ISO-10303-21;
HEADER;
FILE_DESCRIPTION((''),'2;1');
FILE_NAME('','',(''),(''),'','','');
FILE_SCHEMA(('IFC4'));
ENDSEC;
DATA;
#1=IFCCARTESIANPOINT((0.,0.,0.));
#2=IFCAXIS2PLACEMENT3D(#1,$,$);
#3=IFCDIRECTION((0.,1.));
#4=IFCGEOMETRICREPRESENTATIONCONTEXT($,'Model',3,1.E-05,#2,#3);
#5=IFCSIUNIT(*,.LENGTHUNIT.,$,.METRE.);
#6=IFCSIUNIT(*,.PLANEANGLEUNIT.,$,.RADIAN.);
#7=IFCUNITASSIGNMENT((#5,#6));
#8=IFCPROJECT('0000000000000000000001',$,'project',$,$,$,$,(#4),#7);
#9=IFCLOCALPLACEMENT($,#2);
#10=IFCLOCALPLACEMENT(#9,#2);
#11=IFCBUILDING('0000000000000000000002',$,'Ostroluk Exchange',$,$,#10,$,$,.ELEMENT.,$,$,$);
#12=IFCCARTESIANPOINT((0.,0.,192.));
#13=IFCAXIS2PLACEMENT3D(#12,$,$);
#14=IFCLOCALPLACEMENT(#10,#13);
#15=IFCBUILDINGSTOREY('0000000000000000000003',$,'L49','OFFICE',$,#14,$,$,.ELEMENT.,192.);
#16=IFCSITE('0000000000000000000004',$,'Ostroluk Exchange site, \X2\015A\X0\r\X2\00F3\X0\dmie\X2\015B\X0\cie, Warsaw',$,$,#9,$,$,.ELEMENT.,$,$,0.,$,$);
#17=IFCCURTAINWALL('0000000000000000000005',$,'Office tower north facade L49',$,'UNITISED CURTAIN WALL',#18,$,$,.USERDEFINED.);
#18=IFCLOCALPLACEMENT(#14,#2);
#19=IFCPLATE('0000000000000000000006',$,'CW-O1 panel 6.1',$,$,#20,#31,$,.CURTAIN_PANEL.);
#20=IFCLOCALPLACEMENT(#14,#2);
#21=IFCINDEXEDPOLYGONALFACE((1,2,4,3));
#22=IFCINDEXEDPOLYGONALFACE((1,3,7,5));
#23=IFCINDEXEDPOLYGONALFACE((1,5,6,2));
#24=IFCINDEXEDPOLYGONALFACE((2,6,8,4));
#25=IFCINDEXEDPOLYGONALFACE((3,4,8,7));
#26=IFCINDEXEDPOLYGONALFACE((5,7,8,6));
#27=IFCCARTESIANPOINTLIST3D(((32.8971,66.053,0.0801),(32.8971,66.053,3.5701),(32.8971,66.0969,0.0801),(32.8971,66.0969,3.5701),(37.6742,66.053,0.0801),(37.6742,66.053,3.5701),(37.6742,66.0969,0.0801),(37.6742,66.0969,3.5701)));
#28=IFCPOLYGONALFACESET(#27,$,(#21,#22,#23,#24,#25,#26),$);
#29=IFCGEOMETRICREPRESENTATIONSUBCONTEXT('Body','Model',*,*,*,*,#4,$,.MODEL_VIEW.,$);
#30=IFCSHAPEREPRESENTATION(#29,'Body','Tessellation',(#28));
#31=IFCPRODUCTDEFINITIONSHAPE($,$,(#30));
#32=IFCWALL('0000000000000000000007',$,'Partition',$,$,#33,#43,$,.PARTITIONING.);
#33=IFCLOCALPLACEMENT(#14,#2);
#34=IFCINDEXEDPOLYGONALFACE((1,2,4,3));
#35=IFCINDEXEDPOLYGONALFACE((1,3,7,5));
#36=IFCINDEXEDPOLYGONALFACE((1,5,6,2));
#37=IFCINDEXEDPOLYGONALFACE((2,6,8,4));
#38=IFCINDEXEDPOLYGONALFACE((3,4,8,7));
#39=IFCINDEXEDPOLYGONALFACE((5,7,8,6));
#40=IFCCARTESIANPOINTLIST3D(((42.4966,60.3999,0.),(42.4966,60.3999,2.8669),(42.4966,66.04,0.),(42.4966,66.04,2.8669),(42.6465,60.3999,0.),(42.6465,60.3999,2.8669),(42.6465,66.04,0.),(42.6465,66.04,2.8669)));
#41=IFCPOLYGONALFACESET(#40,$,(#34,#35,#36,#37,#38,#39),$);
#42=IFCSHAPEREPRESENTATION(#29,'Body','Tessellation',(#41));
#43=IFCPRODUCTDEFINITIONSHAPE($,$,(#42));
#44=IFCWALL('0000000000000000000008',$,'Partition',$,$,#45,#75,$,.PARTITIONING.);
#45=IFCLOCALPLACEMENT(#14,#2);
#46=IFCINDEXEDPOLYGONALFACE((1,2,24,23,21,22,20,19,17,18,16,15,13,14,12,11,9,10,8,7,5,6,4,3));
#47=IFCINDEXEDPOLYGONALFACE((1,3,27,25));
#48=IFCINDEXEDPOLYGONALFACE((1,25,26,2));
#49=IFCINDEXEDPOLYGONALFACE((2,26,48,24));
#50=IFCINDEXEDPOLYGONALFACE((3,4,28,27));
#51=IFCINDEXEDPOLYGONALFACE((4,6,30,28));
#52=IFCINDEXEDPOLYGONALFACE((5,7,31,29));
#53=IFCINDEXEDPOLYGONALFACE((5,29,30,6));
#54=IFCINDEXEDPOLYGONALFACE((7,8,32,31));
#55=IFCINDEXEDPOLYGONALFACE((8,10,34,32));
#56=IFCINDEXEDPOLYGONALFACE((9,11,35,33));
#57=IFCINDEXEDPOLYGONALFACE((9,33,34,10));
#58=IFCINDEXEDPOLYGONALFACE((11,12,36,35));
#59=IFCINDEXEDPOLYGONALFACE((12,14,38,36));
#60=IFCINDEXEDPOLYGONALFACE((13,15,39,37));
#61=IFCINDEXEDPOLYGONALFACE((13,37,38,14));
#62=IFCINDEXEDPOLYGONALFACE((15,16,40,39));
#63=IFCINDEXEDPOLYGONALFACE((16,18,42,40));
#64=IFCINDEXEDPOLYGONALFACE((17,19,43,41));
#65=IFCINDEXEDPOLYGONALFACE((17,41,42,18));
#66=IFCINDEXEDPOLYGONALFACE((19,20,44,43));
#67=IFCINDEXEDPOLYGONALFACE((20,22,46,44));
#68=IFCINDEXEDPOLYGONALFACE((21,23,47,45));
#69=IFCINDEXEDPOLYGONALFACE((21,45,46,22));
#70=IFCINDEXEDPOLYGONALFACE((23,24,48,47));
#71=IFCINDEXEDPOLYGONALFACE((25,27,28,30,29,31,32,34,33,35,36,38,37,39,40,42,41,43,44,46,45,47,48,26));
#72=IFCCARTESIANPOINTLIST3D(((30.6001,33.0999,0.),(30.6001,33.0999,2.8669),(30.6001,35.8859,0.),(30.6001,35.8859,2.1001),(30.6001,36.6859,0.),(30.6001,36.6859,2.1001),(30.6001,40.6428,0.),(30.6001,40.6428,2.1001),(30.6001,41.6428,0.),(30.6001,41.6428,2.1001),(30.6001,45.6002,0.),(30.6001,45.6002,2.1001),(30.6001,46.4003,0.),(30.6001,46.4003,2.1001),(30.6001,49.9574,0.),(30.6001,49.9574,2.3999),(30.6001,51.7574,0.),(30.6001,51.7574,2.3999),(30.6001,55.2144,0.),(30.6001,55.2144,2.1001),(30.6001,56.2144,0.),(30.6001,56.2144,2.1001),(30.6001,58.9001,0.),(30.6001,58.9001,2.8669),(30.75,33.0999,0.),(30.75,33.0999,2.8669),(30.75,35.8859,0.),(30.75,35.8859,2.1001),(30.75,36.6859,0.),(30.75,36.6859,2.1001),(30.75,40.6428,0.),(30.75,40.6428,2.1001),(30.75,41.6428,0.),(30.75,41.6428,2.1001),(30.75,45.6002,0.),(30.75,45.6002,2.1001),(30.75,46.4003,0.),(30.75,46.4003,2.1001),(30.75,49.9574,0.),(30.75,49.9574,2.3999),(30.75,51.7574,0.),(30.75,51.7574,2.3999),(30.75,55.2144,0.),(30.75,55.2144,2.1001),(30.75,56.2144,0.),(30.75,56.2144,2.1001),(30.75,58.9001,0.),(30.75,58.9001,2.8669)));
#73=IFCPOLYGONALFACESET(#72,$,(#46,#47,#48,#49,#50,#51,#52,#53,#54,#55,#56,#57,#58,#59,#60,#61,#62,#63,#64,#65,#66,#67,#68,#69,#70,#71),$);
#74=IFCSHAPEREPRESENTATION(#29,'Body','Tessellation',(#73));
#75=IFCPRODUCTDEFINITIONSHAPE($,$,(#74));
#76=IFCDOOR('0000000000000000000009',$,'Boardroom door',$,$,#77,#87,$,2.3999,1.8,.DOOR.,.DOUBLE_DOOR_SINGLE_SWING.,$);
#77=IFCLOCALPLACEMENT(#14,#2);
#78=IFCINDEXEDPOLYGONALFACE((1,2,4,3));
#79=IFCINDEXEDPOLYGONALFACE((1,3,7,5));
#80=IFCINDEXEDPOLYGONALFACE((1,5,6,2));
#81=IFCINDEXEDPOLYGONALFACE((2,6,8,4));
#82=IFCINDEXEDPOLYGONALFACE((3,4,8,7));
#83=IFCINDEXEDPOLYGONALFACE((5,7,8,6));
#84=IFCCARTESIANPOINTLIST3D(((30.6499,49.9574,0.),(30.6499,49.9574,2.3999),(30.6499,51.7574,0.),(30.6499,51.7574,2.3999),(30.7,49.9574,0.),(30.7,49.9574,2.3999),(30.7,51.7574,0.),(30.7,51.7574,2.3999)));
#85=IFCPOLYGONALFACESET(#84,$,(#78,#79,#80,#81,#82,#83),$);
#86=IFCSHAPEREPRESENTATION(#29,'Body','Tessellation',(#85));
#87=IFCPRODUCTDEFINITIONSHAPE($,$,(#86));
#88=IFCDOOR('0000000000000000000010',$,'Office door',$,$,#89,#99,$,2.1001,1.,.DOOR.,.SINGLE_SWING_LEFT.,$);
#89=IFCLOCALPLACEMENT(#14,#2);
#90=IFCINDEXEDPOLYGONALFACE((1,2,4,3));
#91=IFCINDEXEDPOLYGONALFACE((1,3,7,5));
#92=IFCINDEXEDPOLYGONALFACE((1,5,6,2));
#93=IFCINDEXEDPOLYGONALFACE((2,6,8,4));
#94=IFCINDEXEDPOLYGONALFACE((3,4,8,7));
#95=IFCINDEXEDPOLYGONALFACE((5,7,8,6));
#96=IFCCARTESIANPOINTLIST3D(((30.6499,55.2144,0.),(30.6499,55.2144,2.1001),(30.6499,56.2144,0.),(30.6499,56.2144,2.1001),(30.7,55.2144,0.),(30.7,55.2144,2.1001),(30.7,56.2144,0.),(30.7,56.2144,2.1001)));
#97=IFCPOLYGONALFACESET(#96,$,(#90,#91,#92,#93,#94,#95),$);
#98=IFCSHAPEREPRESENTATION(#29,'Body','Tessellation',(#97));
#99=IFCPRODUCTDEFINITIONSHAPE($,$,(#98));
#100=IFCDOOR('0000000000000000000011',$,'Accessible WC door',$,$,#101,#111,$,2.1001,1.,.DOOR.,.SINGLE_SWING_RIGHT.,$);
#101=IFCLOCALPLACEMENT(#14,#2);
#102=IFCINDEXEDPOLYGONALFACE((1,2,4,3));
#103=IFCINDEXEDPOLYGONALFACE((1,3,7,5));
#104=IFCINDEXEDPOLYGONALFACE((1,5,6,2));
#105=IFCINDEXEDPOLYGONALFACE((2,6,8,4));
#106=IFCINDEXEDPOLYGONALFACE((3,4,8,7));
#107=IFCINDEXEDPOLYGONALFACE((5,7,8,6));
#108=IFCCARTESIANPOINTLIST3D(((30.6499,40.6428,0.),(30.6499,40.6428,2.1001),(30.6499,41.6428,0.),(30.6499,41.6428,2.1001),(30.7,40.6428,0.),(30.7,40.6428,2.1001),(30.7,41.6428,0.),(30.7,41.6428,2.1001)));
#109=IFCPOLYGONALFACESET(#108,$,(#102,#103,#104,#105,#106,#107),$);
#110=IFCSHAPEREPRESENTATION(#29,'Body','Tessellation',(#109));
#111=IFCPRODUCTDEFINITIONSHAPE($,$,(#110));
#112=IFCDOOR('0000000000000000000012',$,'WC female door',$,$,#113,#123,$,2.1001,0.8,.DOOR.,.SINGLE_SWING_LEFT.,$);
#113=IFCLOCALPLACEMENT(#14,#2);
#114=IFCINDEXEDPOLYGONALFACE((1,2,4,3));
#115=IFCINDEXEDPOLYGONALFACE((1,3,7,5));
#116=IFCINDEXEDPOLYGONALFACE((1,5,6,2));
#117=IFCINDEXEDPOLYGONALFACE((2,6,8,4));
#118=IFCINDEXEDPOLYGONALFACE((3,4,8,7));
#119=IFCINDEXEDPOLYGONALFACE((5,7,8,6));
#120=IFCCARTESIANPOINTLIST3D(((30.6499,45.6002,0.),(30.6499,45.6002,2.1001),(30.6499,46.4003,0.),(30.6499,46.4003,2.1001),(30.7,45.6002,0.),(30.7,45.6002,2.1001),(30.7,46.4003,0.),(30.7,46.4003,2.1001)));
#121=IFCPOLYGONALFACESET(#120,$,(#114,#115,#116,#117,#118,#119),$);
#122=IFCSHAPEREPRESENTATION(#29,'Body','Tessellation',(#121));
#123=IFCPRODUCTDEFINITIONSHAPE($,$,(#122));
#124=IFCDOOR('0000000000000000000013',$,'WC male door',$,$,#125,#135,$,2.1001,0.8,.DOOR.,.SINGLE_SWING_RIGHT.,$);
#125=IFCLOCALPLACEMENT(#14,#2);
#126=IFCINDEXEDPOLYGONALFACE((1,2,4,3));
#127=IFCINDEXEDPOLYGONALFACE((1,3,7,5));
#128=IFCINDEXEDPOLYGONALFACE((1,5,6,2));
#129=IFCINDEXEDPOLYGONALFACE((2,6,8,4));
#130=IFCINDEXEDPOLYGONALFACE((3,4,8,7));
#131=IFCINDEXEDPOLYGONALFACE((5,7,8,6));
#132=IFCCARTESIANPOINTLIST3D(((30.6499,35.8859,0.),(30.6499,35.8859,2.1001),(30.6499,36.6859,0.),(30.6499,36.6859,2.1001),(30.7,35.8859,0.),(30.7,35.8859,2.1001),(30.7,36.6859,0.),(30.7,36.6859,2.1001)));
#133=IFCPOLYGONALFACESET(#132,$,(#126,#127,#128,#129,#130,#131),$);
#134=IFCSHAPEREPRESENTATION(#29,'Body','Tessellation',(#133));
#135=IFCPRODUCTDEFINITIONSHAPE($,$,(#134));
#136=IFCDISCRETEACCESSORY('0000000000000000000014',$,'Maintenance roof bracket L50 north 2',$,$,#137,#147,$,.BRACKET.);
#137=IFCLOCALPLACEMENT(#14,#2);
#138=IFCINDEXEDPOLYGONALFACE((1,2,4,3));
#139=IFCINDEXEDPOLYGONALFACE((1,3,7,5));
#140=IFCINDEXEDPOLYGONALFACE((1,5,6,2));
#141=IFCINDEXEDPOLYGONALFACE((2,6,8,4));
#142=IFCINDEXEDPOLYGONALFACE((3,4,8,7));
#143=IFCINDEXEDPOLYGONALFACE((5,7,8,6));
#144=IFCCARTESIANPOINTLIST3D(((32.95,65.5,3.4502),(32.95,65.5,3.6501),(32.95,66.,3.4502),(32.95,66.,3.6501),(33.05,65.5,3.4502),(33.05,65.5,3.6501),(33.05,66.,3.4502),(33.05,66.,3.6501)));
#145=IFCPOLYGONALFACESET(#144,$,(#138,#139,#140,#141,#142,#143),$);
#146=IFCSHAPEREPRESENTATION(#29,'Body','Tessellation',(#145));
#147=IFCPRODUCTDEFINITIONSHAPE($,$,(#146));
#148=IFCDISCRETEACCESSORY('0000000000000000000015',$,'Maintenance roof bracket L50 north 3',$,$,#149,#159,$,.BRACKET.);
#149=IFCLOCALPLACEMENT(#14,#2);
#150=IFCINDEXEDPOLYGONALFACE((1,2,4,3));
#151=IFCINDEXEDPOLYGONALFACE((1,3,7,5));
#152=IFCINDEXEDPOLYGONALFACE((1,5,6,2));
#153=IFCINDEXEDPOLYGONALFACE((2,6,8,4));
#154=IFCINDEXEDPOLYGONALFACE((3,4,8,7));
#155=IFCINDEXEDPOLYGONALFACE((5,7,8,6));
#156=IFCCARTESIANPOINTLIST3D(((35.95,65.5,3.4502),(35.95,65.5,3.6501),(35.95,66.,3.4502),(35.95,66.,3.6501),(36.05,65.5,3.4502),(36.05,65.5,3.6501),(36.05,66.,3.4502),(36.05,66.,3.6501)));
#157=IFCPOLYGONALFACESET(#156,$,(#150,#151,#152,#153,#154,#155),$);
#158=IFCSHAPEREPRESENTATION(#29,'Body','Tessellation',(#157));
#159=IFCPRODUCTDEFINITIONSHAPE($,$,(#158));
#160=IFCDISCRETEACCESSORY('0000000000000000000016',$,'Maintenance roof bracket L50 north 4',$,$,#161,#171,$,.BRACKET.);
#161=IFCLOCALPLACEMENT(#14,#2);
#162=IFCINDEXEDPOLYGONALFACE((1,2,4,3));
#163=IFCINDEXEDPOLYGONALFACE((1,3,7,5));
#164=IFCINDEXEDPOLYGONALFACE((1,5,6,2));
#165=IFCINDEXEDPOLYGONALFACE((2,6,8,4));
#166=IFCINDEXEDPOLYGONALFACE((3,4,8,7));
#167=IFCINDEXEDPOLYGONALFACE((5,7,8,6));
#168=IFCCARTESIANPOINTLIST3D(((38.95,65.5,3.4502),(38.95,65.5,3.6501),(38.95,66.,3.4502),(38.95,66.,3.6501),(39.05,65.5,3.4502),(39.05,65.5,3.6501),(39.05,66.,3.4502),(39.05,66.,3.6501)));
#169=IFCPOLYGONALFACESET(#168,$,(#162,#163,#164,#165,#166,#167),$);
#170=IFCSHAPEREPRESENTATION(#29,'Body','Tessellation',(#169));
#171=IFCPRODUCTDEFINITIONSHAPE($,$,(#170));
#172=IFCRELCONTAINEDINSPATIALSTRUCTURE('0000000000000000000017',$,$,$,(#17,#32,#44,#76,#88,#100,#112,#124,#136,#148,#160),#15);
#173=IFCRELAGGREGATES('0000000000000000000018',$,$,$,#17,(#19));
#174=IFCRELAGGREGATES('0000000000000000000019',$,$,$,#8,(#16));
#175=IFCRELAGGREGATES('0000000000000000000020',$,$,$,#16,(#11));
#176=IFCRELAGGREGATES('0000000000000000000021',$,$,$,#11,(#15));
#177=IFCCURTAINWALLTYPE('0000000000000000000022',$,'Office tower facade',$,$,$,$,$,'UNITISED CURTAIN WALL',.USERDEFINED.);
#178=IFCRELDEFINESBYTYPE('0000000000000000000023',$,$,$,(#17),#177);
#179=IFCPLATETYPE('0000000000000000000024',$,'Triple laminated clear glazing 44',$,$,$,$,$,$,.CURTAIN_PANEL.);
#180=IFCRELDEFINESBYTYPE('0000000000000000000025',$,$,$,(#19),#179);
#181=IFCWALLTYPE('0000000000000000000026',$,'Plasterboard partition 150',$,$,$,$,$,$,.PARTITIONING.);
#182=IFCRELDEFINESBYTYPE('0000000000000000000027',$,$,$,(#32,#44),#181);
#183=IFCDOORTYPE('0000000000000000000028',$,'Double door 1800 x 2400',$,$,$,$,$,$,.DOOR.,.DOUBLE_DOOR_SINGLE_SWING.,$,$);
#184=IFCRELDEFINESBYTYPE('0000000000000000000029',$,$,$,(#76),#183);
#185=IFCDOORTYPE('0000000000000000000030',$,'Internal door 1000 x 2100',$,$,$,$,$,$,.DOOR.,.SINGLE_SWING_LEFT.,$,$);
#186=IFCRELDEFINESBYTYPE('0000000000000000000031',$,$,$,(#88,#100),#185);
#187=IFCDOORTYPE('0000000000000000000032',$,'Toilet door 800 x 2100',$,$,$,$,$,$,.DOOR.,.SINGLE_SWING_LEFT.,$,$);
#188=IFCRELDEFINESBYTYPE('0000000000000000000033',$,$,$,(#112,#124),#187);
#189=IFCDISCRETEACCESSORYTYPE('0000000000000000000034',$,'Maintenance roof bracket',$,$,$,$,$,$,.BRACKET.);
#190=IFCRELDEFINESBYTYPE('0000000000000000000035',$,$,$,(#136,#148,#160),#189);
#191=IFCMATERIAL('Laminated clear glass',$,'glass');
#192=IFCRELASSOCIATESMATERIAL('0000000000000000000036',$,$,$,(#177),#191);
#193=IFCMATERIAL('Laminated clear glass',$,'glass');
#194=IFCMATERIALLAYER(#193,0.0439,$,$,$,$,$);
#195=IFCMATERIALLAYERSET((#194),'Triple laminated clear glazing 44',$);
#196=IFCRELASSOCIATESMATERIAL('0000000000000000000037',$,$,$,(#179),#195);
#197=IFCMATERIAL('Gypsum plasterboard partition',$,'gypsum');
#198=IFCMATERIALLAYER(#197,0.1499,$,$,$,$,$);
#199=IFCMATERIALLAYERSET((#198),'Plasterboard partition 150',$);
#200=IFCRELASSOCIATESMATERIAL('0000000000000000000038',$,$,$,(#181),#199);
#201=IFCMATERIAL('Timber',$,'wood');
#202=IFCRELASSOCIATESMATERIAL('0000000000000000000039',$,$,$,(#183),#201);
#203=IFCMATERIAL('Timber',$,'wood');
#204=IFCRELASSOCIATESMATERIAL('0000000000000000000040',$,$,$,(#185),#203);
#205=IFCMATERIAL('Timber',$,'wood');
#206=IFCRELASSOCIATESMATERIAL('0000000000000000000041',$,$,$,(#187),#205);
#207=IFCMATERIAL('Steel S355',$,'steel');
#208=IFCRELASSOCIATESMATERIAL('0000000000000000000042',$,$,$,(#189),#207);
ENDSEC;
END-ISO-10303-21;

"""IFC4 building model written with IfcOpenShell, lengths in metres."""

from ifc_helpers import new_model, si_unit, direction, frame, frame_2d, origin, origin_2d, place, context, subcontext, project, spatial, rectangle, extrude, material, layer, layer_set, type_object, element, fill, aggregate, save


model = new_model("IFC4")

# Units and contexts
model_context = context("Model", 3, precision=1e-05, world=origin(), true_north=direction((0.0, 1.0)))
body_context = subcontext(model_context, "Body", "Model", "MODEL_VIEW")
ifc_project = project(units=[si_unit("LENGTHUNIT", "METRE"), si_unit("PLANEANGLEUNIT", "RADIAN")], contexts=[model_context])

# Site, building, storey
site_placement = place(None, origin())
site = spatial("IfcSite", under=ifc_project, at=site_placement, Name="Ostroluk Exchange site, Śródmieście, Warsaw", CompositionType="ELEMENT", RefElevation=0.0)
building_placement = place(site_placement, origin())
building = spatial("IfcBuilding", under=site, at=building_placement, Name="Ostroluk Exchange", CompositionType="ELEMENT")
storey_placement = place(building_placement, frame((0.0, 0.0, 192.0)))
storey = spatial("IfcBuildingStorey", under=building, at=storey_placement, Name="L49", Description="OFFICE", CompositionType="ELEMENT", Elevation=192.0)

# Curtain wall, plate
ifc_material_1 = material(Name="Laminated clear glass", Category="glass")
curtain_wall_type = type_object("IfcCurtainWallType", Name="Office tower facade", ElementType="UNITISED CURTAIN WALL", PredefinedType="USERDEFINED", material=ifc_material_1)
curtain_wall_placement = place(storey_placement, origin())
curtain_wall = element("IfcCurtainWall", 1, at=curtain_wall_placement, inside=storey, type_object=curtain_wall_type, Name="Office tower north facade L49", ObjectType="UNITISED CURTAIN WALL", PredefinedType="USERDEFINED")
ifc_material_2 = material(Name="Laminated clear glass", Category="glass")
ifc_layer_1 = layer(ifc_material_2, 0.0439)
ifc_layer_set_1 = layer_set([ifc_layer_1], Name="Triple laminated clear glazing 44")
plate_type = type_object("IfcPlateType", Name="Triple laminated clear glazing 44", PredefinedType="CURTAIN_PANEL", material=ifc_layer_set_1)
plate_1_placement = place(storey_placement, frame((35.2856, 66.075, 0.0801), z_axis=(0.0, 0.0, 1.0), x_axis=(-1.0, 0.0, 0.0)))
plate_1 = element("IfcPlate", 2, at=plate_1_placement, type_object=plate_type, Name="CW-O1 panel 6.1", PredefinedType="CURTAIN_PANEL", context=body_context, shape_type="SweptSolid", body=[
    extrude(rectangle(XDim=4.7771, YDim=0.0439, at=origin_2d()), origin(), (0.0, 0.0, 1.0), 3.49),
])
aggregate(curtain_wall, [plate_1])

# Wall
ifc_material_3 = material(Name="Gypsum plasterboard partition", Category="gypsum")
ifc_layer_2 = layer(ifc_material_3, 0.1499)
ifc_layer_set_2 = layer_set([ifc_layer_2], Name="Plasterboard partition 150")
wall_type = type_object("IfcWallType", Name="Plasterboard partition 150", PredefinedType="PARTITIONING", material=ifc_layer_set_2)
wall_1_placement = place(storey_placement, frame((42.5715, 60.3999, 0.0), z_axis=(0.0, 0.0, 1.0), x_axis=(0.0, 1.0, 0.0)))
element("IfcWall", 3, at=wall_1_placement, inside=storey, type_object=wall_type, Name="Partition", PredefinedType="PARTITIONING", context=body_context, shape_type="SweptSolid", body=[
    extrude(rectangle(XDim=5.6401, YDim=0.1499, at=frame_2d((2.8201, 0.0))), origin(), (0.0, 0.0, 1.0), 2.8669),
])

# Wall, openings, doors
wall_2_placement = place(storey_placement, frame((30.675, 58.9001, 0.0), z_axis=(0.0, 0.0, 1.0), x_axis=(0.0, -1.0, 0.0)))
wall_2 = element("IfcWall", 4, at=wall_2_placement, inside=storey, type_object=wall_type, Name="Partition", PredefinedType="PARTITIONING", context=body_context, shape_type="SweptSolid", body=[
    extrude(rectangle(XDim=25.8003, YDim=0.1499, at=frame_2d((12.9001, 0.0))), origin(), (0.0, 0.0, 1.0), 2.8669),
])
opening_1_placement = place(wall_2_placement, frame((2.6858, 0.0, 0.0)))
opening_1 = element("IfcOpeningElement", 5, at=opening_1_placement, cuts=wall_2, PredefinedType="OPENING", context=body_context, shape_type="SweptSolid", body=[
    extrude(rectangle(XDim=1.0, YDim=2.1001, at=frame_2d((0.5, 1.05))), frame((0.0, 0.085, 0.0), z_axis=(0.0, -1.0, 0.0), x_axis=(1.0, 0.0, 0.0)), (0.0, 0.0, 1.0), 0.1699),
])
opening_2_placement = place(wall_2_placement, frame((7.1428, 0.0, 0.0)))
opening_2 = element("IfcOpeningElement", 6, at=opening_2_placement, cuts=wall_2, PredefinedType="OPENING", context=body_context, shape_type="SweptSolid", body=[
    extrude(rectangle(XDim=1.8, YDim=2.3999, at=frame_2d((0.8999, 1.2))), frame((0.0, 0.085, 0.0), z_axis=(0.0, -1.0, 0.0), x_axis=(1.0, 0.0, 0.0)), (0.0, 0.0, 1.0), 0.1699),
])
opening_3_placement = place(wall_2_placement, frame((12.5, 0.0, 0.0)))
opening_3 = element("IfcOpeningElement", 7, at=opening_3_placement, cuts=wall_2, PredefinedType="OPENING", context=body_context, shape_type="SweptSolid", body=[
    extrude(rectangle(XDim=0.8, YDim=2.1001, at=frame_2d((0.3999, 1.05))), frame((0.0, 0.085, 0.0), z_axis=(0.0, -1.0, 0.0), x_axis=(1.0, 0.0, 0.0)), (0.0, 0.0, 1.0), 0.1699),
])
opening_4_placement = place(wall_2_placement, frame((17.2573, 0.0, 0.0)))
opening_4 = element("IfcOpeningElement", 8, at=opening_4_placement, cuts=wall_2, PredefinedType="OPENING", context=body_context, shape_type="SweptSolid", body=[
    extrude(rectangle(XDim=1.0, YDim=2.1001, at=frame_2d((0.5, 1.05))), frame((0.0, 0.085, 0.0), z_axis=(0.0, -1.0, 0.0), x_axis=(1.0, 0.0, 0.0)), (0.0, 0.0, 1.0), 0.1699),
])
opening_5_placement = place(wall_2_placement, frame((22.2144, 0.0, 0.0)))
opening_5 = element("IfcOpeningElement", 9, at=opening_5_placement, cuts=wall_2, PredefinedType="OPENING", context=body_context, shape_type="SweptSolid", body=[
    extrude(rectangle(XDim=0.8, YDim=2.1001, at=frame_2d((0.3999, 1.05))), frame((0.0, 0.085, 0.0), z_axis=(0.0, -1.0, 0.0), x_axis=(1.0, 0.0, 0.0)), (0.0, 0.0, 1.0), 0.1699),
])
ifc_material_4 = material(Name="Timber", Category="wood")
door_type_1 = type_object("IfcDoorType", Name="Double door 1800 x 2400", OperationType="DOUBLE_DOOR_SINGLE_SWING", PredefinedType="DOOR", material=ifc_material_4)
door_1_placement = place(opening_2_placement, origin())
door_1 = element("IfcDoor", 10, at=door_1_placement, inside=storey, type_object=door_type_1, Name="Boardroom door", OperationType="DOUBLE_DOOR_SINGLE_SWING", OverallHeight=2.3999, OverallWidth=1.8, PredefinedType="DOOR", context=body_context, shape_type="SweptSolid", body=[
    extrude(rectangle(XDim=1.8, YDim=2.3999, at=frame_2d((0.8999, 1.2))), frame((0.0, 0.0249, 0.0), z_axis=(0.0, -1.0, 0.0), x_axis=(1.0, 0.0, 0.0)), (0.0, 0.0, 1.0), 0.05),
])
fill(opening_2, door_1)
ifc_material_5 = material(Name="Timber", Category="wood")
door_type_2 = type_object("IfcDoorType", Name="Internal door 1000 x 2100", OperationType="SINGLE_SWING_LEFT", PredefinedType="DOOR", material=ifc_material_5)
door_2_placement = place(opening_1_placement, origin())
door_2 = element("IfcDoor", 11, at=door_2_placement, inside=storey, type_object=door_type_2, Name="Office door", OperationType="SINGLE_SWING_LEFT", OverallHeight=2.1001, OverallWidth=1.0, PredefinedType="DOOR", context=body_context, shape_type="SweptSolid", body=[
    extrude(rectangle(XDim=1.0, YDim=2.1001, at=frame_2d((0.5, 1.05))), frame((0.0, 0.0249, 0.0), z_axis=(0.0, -1.0, 0.0), x_axis=(1.0, 0.0, 0.0)), (0.0, 0.0, 1.0), 0.05),
])
fill(opening_1, door_2)
door_3_placement = place(opening_4_placement, origin())
door_3 = element("IfcDoor", 12, at=door_3_placement, inside=storey, type_object=door_type_2, Name="Accessible WC door", OperationType="SINGLE_SWING_RIGHT", OverallHeight=2.1001, OverallWidth=1.0, PredefinedType="DOOR", context=body_context, shape_type="SweptSolid", body=[
    extrude(rectangle(XDim=1.0, YDim=2.1001, at=frame_2d((0.5, 1.05))), frame((0.0, 0.0249, 0.0), z_axis=(0.0, -1.0, 0.0), x_axis=(1.0, 0.0, 0.0)), (0.0, 0.0, 1.0), 0.05),
])
fill(opening_4, door_3)
ifc_material_6 = material(Name="Timber", Category="wood")
door_type_3 = type_object("IfcDoorType", Name="Toilet door 800 x 2100", OperationType="SINGLE_SWING_LEFT", PredefinedType="DOOR", material=ifc_material_6)
door_4_placement = place(opening_3_placement, origin())
door_4 = element("IfcDoor", 13, at=door_4_placement, inside=storey, type_object=door_type_3, Name="WC female door", OperationType="SINGLE_SWING_LEFT", OverallHeight=2.1001, OverallWidth=0.8, PredefinedType="DOOR", context=body_context, shape_type="SweptSolid", body=[
    extrude(rectangle(XDim=0.8, YDim=2.1001, at=frame_2d((0.3999, 1.05))), frame((0.0, 0.0249, 0.0), z_axis=(0.0, -1.0, 0.0), x_axis=(1.0, 0.0, 0.0)), (0.0, 0.0, 1.0), 0.05),
])
fill(opening_3, door_4)
door_5_placement = place(opening_5_placement, origin())
door_5 = element("IfcDoor", 14, at=door_5_placement, inside=storey, type_object=door_type_3, Name="WC male door", OperationType="SINGLE_SWING_RIGHT", OverallHeight=2.1001, OverallWidth=0.8, PredefinedType="DOOR", context=body_context, shape_type="SweptSolid", body=[
    extrude(rectangle(XDim=0.8, YDim=2.1001, at=frame_2d((0.3999, 1.05))), frame((0.0, 0.0249, 0.0), z_axis=(0.0, -1.0, 0.0), x_axis=(1.0, 0.0, 0.0)), (0.0, 0.0, 1.0), 0.05),
])
fill(opening_5, door_5)

# Discrete accessories
ifc_material_7 = material(Name="Steel S355", Category="steel")
discrete_accessory_type = type_object("IfcDiscreteAccessoryType", Name="Maintenance roof bracket", PredefinedType="BRACKET", material=ifc_material_7)
for number, where, z_axis, x_axis, name in (
    (15, (33.0, 65.75, 3.4502), (0.0, 0.0, 1.0), (1.0, 0.0, 0.0), "Maintenance roof bracket L50 north 2"),
    (16, (36.0, 65.75, 3.4502), (0.0, 0.0, 1.0), (1.0, 0.0, 0.0), "Maintenance roof bracket L50 north 3"),
    (17, (39.0, 65.75, 3.4502), (0.0, 0.0, 1.0), (1.0, 0.0, 0.0), "Maintenance roof bracket L50 north 4"),
):
    element("IfcDiscreteAccessory", number, at=place(storey_placement, frame(where, z_axis=z_axis, x_axis=x_axis)), inside=storey, type_object=discrete_accessory_type, Name=name, PredefinedType="BRACKET", context=body_context, shape_type="SweptSolid", body=[
        extrude(rectangle(XDim=0.1001, YDim=0.5, at=origin_2d()), origin(), (0.0, 0.0, 1.0), 0.2),
    ])

save(model, "model.ifc")
